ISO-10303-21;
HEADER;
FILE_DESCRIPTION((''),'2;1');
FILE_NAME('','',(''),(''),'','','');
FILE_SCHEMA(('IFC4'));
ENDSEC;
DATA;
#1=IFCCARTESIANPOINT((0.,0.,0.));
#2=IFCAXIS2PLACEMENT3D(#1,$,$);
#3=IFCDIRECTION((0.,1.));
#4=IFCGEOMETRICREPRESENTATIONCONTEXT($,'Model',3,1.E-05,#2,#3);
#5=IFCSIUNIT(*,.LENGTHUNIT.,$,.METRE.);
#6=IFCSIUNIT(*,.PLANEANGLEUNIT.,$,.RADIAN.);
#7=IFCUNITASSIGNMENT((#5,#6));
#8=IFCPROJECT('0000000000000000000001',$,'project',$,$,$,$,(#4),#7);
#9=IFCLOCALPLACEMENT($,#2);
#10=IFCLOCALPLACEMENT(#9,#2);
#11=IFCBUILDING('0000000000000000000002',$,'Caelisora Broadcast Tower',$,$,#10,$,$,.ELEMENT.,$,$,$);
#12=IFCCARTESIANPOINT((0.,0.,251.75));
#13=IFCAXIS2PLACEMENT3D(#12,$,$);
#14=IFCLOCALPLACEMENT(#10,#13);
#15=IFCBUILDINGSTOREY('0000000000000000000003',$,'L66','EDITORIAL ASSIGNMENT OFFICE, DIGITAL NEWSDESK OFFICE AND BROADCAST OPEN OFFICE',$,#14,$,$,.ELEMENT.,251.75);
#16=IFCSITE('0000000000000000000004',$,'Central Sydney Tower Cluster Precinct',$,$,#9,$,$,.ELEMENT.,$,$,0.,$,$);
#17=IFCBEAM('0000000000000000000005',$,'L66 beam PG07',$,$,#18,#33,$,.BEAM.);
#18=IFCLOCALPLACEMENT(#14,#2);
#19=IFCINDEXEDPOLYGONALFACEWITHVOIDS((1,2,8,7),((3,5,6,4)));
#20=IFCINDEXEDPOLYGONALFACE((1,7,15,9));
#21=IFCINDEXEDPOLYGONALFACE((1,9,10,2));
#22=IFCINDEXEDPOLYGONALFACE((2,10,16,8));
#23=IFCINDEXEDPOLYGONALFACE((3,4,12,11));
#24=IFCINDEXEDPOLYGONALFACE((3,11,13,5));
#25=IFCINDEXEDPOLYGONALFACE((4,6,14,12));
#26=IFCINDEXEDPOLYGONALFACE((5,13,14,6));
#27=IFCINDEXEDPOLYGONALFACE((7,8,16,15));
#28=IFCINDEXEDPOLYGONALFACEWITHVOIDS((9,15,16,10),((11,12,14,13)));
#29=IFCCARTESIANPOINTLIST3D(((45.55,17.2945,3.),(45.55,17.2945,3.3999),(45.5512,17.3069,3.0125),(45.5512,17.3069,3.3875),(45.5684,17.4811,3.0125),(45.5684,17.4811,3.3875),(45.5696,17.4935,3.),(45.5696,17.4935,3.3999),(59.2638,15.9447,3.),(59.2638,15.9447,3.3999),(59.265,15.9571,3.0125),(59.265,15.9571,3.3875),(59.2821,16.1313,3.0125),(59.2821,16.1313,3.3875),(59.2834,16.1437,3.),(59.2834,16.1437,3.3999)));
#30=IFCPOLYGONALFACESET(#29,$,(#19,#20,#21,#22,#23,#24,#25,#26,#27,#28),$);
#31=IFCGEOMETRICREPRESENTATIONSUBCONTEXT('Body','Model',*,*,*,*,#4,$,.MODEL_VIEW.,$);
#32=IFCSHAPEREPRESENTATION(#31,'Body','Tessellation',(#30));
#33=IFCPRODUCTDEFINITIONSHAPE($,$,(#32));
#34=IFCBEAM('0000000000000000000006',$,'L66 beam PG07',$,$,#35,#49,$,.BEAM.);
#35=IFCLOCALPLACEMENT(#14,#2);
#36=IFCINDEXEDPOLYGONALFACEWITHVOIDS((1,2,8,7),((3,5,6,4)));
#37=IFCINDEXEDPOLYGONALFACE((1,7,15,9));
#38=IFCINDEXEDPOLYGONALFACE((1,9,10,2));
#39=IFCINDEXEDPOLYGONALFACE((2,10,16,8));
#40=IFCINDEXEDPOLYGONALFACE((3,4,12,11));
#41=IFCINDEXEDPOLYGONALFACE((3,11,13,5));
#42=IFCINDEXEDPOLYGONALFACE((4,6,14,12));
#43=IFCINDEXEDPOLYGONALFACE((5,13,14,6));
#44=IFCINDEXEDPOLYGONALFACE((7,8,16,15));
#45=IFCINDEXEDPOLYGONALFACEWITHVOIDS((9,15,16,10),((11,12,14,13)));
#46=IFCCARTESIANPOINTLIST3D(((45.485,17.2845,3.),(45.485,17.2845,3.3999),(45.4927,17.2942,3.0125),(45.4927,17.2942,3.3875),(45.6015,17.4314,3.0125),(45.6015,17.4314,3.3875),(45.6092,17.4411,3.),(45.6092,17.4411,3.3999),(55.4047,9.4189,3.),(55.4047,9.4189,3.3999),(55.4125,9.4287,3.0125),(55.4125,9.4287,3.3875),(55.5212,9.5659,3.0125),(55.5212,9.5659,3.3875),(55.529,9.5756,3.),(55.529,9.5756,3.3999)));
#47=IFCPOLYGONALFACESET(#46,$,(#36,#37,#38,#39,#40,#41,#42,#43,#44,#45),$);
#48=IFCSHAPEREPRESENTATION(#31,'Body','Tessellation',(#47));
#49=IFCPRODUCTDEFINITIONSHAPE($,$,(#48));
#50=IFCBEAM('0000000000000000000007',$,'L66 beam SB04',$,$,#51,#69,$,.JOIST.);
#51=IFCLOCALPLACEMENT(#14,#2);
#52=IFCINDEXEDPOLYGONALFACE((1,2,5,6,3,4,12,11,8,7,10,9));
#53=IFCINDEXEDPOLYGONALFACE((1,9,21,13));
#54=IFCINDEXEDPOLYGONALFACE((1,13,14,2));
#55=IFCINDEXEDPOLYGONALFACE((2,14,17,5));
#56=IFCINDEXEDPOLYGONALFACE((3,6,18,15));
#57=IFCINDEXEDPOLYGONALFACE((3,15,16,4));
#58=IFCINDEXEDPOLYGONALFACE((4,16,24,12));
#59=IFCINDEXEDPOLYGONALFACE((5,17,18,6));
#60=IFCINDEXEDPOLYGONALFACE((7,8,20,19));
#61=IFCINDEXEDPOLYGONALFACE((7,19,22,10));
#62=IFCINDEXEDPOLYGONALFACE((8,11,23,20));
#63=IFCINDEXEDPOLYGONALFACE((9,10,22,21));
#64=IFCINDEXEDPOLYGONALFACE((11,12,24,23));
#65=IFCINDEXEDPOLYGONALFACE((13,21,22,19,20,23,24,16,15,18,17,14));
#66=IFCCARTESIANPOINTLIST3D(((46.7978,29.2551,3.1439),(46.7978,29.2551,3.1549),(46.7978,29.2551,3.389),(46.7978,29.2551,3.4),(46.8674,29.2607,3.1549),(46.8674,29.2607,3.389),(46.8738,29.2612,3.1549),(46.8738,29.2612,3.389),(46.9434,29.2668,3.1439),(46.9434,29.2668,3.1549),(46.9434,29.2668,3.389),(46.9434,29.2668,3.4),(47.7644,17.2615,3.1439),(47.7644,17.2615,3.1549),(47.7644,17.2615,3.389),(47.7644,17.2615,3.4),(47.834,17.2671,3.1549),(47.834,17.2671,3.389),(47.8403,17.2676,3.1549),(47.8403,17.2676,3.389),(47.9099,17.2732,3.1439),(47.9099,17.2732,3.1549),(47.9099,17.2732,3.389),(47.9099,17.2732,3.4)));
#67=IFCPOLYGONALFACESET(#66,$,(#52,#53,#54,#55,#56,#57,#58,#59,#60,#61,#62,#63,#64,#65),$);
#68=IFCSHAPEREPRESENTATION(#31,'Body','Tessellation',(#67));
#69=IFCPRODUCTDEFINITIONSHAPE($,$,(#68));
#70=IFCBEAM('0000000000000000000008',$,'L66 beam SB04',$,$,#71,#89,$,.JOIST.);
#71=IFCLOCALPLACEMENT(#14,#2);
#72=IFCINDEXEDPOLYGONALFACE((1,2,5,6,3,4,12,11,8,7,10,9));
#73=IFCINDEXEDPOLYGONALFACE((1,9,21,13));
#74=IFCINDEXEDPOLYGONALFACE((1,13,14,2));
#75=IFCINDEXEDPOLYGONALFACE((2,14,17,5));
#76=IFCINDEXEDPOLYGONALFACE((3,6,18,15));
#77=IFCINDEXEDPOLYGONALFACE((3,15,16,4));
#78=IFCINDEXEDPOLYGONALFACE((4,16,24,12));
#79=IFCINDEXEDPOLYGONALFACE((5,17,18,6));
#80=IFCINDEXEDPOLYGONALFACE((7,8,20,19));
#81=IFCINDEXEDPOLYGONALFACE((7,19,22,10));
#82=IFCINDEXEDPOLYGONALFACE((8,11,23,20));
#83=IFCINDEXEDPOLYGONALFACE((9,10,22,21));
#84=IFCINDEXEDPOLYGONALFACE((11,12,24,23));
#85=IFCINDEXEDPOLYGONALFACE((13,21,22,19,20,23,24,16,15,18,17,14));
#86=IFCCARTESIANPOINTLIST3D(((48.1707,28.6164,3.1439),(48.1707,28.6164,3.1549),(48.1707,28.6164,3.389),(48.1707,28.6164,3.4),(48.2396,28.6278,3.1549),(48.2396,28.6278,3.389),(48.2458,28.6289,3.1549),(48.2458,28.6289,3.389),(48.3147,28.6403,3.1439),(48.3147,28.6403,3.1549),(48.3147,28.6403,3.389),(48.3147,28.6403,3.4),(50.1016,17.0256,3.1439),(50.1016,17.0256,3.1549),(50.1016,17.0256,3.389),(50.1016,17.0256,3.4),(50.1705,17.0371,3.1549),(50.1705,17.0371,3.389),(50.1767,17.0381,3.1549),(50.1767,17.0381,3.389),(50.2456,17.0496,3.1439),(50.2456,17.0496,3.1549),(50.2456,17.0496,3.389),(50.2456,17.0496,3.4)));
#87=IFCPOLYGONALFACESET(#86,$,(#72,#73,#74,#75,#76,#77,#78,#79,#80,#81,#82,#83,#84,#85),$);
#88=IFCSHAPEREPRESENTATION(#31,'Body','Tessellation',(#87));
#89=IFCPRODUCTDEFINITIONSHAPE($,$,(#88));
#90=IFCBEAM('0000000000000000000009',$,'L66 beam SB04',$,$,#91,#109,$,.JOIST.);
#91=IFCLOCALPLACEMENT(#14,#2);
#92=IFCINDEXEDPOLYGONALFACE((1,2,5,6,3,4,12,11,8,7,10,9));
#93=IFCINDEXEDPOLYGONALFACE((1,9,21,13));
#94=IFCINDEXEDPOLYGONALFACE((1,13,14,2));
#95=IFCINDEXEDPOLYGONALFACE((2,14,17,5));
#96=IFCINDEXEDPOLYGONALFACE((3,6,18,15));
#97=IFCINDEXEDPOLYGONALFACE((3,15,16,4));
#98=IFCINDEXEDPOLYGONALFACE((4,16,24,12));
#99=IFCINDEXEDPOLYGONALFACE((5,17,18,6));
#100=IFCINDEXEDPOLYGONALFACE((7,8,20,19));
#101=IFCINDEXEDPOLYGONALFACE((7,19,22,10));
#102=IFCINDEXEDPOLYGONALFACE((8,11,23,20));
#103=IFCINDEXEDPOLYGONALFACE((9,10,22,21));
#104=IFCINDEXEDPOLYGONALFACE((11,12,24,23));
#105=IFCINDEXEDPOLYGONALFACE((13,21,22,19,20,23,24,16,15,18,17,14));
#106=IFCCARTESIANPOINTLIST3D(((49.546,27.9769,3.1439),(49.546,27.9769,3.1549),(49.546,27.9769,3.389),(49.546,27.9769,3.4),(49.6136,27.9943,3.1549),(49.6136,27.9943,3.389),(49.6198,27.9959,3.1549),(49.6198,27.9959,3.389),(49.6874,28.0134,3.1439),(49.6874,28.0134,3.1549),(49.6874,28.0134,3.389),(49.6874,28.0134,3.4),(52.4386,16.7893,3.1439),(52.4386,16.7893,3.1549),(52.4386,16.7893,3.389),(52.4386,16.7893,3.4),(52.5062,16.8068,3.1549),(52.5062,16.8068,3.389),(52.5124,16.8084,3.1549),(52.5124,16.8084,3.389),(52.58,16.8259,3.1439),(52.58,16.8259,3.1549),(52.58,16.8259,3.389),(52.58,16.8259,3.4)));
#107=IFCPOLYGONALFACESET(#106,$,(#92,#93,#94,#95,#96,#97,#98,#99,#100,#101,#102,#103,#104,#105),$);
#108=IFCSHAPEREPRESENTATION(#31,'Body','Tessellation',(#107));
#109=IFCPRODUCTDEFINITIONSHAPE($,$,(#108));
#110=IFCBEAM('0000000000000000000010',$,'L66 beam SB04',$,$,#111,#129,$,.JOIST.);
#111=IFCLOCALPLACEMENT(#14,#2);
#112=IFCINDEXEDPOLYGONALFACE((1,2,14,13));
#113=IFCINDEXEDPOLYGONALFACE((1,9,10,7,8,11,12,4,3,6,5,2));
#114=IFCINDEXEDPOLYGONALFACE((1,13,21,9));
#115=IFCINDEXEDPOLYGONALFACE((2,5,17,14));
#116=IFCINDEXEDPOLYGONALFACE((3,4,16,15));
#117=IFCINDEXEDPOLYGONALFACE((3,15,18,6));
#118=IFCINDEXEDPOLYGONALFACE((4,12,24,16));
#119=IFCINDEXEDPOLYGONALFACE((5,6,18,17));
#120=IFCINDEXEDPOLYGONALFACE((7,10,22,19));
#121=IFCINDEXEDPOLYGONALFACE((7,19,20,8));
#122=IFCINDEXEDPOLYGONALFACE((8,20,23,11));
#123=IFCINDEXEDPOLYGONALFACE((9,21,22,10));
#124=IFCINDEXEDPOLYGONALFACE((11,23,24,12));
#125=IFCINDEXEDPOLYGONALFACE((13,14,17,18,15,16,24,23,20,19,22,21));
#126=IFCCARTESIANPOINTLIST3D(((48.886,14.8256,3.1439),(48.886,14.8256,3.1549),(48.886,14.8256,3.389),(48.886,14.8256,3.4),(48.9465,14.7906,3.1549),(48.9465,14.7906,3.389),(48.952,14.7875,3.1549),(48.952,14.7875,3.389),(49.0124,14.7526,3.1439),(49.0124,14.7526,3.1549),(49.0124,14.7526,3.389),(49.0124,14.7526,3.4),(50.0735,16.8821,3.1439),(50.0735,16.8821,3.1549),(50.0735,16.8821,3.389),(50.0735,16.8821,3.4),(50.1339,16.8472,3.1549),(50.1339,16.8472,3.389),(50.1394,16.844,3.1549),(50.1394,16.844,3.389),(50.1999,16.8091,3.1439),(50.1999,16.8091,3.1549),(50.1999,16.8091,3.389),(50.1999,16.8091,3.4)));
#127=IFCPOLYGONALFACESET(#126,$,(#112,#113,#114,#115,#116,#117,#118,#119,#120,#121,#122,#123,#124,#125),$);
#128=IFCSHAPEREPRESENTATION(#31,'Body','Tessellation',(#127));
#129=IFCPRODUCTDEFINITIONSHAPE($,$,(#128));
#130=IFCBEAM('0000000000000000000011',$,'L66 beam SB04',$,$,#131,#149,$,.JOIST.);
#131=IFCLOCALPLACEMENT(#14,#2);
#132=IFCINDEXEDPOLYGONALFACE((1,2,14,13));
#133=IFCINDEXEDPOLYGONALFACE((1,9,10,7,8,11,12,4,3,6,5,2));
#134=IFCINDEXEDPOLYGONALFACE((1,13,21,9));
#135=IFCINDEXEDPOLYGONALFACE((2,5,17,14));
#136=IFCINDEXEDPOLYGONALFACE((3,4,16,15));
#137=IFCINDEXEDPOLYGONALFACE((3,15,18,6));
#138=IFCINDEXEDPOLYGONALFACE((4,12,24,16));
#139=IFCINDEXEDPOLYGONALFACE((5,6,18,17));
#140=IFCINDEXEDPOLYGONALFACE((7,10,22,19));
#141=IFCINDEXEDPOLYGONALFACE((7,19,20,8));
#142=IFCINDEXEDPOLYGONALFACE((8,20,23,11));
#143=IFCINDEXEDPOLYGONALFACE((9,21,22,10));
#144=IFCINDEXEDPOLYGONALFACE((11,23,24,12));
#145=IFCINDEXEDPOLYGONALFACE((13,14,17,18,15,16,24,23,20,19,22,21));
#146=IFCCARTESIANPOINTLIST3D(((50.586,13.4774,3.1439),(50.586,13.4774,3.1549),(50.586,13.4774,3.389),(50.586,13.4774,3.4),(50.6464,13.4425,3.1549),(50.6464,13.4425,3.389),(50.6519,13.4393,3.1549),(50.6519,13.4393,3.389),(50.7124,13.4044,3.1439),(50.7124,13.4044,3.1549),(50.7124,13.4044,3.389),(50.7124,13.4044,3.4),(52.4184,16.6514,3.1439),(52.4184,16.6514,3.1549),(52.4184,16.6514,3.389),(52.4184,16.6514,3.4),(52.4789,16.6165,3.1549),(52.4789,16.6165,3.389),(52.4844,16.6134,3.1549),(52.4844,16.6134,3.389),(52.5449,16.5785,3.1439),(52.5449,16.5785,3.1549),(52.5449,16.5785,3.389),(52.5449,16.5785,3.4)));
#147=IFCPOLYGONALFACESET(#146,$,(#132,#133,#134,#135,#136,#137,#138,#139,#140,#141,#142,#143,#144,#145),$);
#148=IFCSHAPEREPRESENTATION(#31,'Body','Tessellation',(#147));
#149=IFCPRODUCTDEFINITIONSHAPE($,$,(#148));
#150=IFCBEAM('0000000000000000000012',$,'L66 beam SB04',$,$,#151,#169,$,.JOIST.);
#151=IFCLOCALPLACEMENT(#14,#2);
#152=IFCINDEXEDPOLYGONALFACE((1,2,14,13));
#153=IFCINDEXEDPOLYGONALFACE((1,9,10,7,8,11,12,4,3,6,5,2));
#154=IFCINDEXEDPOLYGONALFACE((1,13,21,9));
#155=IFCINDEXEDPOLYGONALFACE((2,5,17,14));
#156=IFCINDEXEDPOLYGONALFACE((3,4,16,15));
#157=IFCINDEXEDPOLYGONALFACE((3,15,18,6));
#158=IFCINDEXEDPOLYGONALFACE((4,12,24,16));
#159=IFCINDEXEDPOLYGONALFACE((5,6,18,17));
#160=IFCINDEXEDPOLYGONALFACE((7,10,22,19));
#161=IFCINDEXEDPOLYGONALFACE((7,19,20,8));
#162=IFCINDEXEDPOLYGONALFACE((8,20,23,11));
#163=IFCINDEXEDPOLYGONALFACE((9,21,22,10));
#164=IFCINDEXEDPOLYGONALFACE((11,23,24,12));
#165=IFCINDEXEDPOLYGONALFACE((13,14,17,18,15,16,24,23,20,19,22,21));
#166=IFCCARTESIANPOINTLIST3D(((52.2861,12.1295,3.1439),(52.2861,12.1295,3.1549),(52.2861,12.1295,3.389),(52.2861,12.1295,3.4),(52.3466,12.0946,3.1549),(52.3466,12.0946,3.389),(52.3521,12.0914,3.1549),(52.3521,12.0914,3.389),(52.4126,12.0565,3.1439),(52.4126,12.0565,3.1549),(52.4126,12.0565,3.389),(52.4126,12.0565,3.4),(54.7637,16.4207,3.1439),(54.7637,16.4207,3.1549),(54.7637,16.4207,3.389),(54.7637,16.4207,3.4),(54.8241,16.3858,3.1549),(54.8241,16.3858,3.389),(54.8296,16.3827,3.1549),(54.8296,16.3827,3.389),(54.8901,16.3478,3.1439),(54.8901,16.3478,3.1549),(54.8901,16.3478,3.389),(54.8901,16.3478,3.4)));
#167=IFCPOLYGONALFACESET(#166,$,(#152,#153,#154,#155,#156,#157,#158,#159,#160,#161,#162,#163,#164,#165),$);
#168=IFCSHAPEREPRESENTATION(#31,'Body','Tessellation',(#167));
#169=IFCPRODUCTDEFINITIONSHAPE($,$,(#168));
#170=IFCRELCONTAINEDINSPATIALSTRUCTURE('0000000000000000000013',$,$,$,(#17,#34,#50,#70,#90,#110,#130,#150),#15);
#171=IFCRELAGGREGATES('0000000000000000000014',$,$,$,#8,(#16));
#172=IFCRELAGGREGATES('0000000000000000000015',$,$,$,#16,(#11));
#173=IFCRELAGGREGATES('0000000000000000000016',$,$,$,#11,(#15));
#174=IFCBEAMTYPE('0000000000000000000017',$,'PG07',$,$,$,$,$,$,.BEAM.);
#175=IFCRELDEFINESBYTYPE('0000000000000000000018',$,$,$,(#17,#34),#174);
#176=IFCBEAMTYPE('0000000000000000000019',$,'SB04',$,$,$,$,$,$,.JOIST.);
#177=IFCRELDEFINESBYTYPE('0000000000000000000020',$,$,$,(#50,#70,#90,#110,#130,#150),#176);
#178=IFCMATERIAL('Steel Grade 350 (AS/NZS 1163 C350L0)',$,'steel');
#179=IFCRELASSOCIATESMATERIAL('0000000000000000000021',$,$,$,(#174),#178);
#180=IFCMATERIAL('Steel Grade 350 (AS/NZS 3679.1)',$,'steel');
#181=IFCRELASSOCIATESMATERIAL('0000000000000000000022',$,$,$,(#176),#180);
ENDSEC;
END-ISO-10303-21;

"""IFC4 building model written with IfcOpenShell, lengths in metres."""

from ifc_helpers import new_model, si_unit, direction, frame, origin, origin_2d, place, context, subcontext, project, spatial, hollow_rectangle, i_section, extrude, source, transform, mapped, material, material_profile, profile_set, type_object, type_shapes, element, save


model = new_model("IFC4")

# Units and contexts
model_context = context("Model", 3, precision=1e-05, world=origin(), true_north=direction((0.0, 1.0)))
body_context = subcontext(model_context, "Body", "Model", "MODEL_VIEW")
ifc_project = project(units=[si_unit("LENGTHUNIT", "METRE"), si_unit("PLANEANGLEUNIT", "RADIAN")], contexts=[model_context])

# Site, building, storey
site_placement = place(None, origin())
site = spatial("IfcSite", under=ifc_project, at=site_placement, Name="Central Sydney Tower Cluster Precinct", CompositionType="ELEMENT", RefElevation=0.0)
building_placement = place(site_placement, origin())
building = spatial("IfcBuilding", under=site, at=building_placement, Name="Caelisora Broadcast Tower", CompositionType="ELEMENT")
storey_placement = place(building_placement, frame((0.0, 0.0, 251.75)))
storey = spatial("IfcBuildingStorey", under=building, at=storey_placement, Name="L66", Description="EDITORIAL ASSIGNMENT OFFICE, DIGITAL NEWSDESK OFFICE AND BROADCAST OPEN OFFICE", CompositionType="ELEMENT", Elevation=251.75)

# Beams
ifc_material_1 = material(Name="Steel Grade 350 (AS/NZS 1163 C350L0)", Category="steel")
ifc_material_profile_1 = material_profile(ifc_material_1, hollow_rectangle(XDim=0.2, YDim=0.3999, WallThickness=0.0125, at=origin_2d()), Name="Steel Grade 350 (AS/NZS 1163 C350L0)")
ifc_profile_set_1 = profile_set([ifc_material_profile_1], Name="Steel Grade 350 (AS/NZS 1163 C350L0)")
beam_type_1 = type_object("IfcBeamType", Name="PG07", PredefinedType="BEAM", material=ifc_profile_set_1)
shared_shape_1 = source(origin(), body_context, "Body", "SweptSolid", [
    extrude(hollow_rectangle(XDim=0.2, YDim=0.3999, WallThickness=0.0125, at=origin_2d()), origin(), (0.0, 0.0, 1.0), 13.78),
])
beam_1_placement = place(storey_placement, frame((45.5598, 17.394, 3.2), z_axis=(0.995191, -0.097956, 0.0), x_axis=(0.097956, 0.995191, 0.0)))
element("IfcBeam", 1, at=beam_1_placement, inside=storey, type_object=beam_type_1, Name="L66 beam PG07", PredefinedType="BEAM", context=body_context, shape_type="MappedRepresentation", body=[
    mapped(shared_shape_1, transform((0.0, 0.0, 0.0), scale=1.0)),
])
shared_shape_2 = source(origin(), body_context, "Body", "SweptSolid", [
    extrude(hollow_rectangle(XDim=0.2, YDim=0.3999, WallThickness=0.0125, at=origin_2d()), origin(), (0.0, 0.0, 1.0), 12.6597),
])
type_shapes(beam_type_1, [shared_shape_1, shared_shape_2])
beam_2_placement = place(storey_placement, frame((45.5471, 17.3628, 3.2), z_axis=(0.783569, -0.621305, 0.0), x_axis=(0.621305, 0.783569, 0.0)))
element("IfcBeam", 2, at=beam_2_placement, inside=storey, type_object=beam_type_1, Name="L66 beam PG07", PredefinedType="BEAM", context=body_context, shape_type="MappedRepresentation", body=[
    mapped(shared_shape_2, transform((0.0, 0.0, 0.0), scale=1.0)),
])
ifc_material_2 = material(Name="Steel Grade 350 (AS/NZS 3679.1)", Category="steel")
ifc_material_profile_2 = material_profile(ifc_material_2, i_section(OverallWidth=0.146, OverallDepth=0.2561, WebThickness=0.0063, FlangeThickness=0.011, at=origin_2d()), Name="Steel Grade 350 (AS/NZS 3679.1)")
ifc_profile_set_2 = profile_set([ifc_material_profile_2], Name="Steel Grade 350 (AS/NZS 3679.1)")
beam_type_2 = type_object("IfcBeamType", Name="SB04", PredefinedType="JOIST", material=ifc_profile_set_2)
shared_shape_3 = source(origin(), body_context, "Body", "SweptSolid", [
    extrude(i_section(OverallWidth=0.146, OverallDepth=0.2561, WebThickness=0.0063, FlangeThickness=0.011, at=origin_2d()), origin(), (0.0, 0.0, 1.0), 12.0325),
])
beam_3_placement = place(storey_placement, frame((47.8372, 17.2673, 3.272), z_axis=(-0.080328, 0.996768, 0.0), x_axis=(-0.996768, -0.080328, 0.0)))
element("IfcBeam", 3, at=beam_3_placement, inside=storey, type_object=beam_type_2, Name="L66 beam SB04", PredefinedType="JOIST", context=body_context, shape_type="MappedRepresentation", body=[
    mapped(shared_shape_3, transform((0.0, 0.0, 0.0), scale=1.0)),
])
shared_shape_4 = source(origin(), body_context, "Body", "SweptSolid", [
    extrude(i_section(OverallWidth=0.146, OverallDepth=0.2561, WebThickness=0.0063, FlangeThickness=0.011, at=origin_2d()), origin(), (0.0, 0.0, 1.0), 11.7505),
])
beam_4_placement = place(storey_placement, frame((50.1736, 17.0376, 3.272), z_axis=(-0.164325, 0.986406, 0.0), x_axis=(-0.986406, -0.164325, 0.0)))
element("IfcBeam", 4, at=beam_4_placement, inside=storey, type_object=beam_type_2, Name="L66 beam SB04", PredefinedType="JOIST", context=body_context, shape_type="MappedRepresentation", body=[
    mapped(shared_shape_4, transform((0.0, 0.0, 0.0), scale=1.0)),
])
shared_shape_5 = source(origin(), body_context, "Body", "SweptSolid", [
    extrude(i_section(OverallWidth=0.146, OverallDepth=0.2561, WebThickness=0.0063, FlangeThickness=0.011, at=origin_2d()), origin(), (0.0, 0.0, 1.0), 11.5554),
])
beam_5_placement = place(storey_placement, frame((52.5093, 16.8076, 3.272), z_axis=(-0.250323, 0.968162, 0.0), x_axis=(-0.968162, -0.250323, 0.0)))
element("IfcBeam", 5, at=beam_5_placement, inside=storey, type_object=beam_type_2, Name="L66 beam SB04", PredefinedType="JOIST", context=body_context, shape_type="MappedRepresentation", body=[
    mapped(shared_shape_5, transform((0.0, 0.0, 0.0), scale=1.0)),
])
shared_shape_6 = source(origin(), body_context, "Body", "SweptSolid", [
    extrude(i_section(OverallWidth=0.146, OverallDepth=0.2561, WebThickness=0.0063, FlangeThickness=0.011, at=origin_2d()), origin(), (0.0, 0.0, 1.0), 2.3748),
])
beam_6_placement = place(storey_placement, frame((48.9492, 14.7891, 3.272), z_axis=(0.500031, 0.866008, 0.0), x_axis=(-0.866008, 0.500031, 0.0)))
element("IfcBeam", 6, at=beam_6_placement, inside=storey, type_object=beam_type_2, Name="L66 beam SB04", PredefinedType="JOIST", context=body_context, shape_type="MappedRepresentation", body=[
    mapped(shared_shape_6, transform((0.0, 0.0, 0.0), scale=1.0)),
])
shared_shape_7 = source(origin(), body_context, "Body", "SweptSolid", [
    extrude(i_section(OverallWidth=0.146, OverallDepth=0.2561, WebThickness=0.0063, FlangeThickness=0.011, at=origin_2d()), origin(), (0.0, 0.0, 1.0), 3.665),
])
beam_7_placement = place(storey_placement, frame((50.6492, 13.4409, 3.272), z_axis=(0.499993, 0.866029, 0.0), x_axis=(-0.866029, 0.499993, 0.0)))
element("IfcBeam", 7, at=beam_7_placement, inside=storey, type_object=beam_type_2, Name="L66 beam SB04", PredefinedType="JOIST", context=body_context, shape_type="MappedRepresentation", body=[
    mapped(shared_shape_7, transform((0.0, 0.0, 0.0), scale=1.0)),
])
shared_shape_8 = source(origin(), body_context, "Body", "SweptSolid", [
    extrude(i_section(OverallWidth=0.146, OverallDepth=0.2561, WebThickness=0.0063, FlangeThickness=0.011, at=origin_2d()), origin(), (0.0, 0.0, 1.0), 4.9551),
])
type_shapes(beam_type_2, [shared_shape_3, shared_shape_4, shared_shape_5, shared_shape_6, shared_shape_7, shared_shape_8])
beam_8_placement = place(storey_placement, frame((52.3494, 12.093, 3.272), z_axis=(0.499997, 0.866027, 0.0), x_axis=(-0.866027, 0.499997, 0.0)))
element("IfcBeam", 8, at=beam_8_placement, inside=storey, type_object=beam_type_2, Name="L66 beam SB04", PredefinedType="JOIST", context=body_context, shape_type="MappedRepresentation", body=[
    mapped(shared_shape_8, transform((0.0, 0.0, 0.0), scale=1.0)),
])

save(model, "model.ifc")
